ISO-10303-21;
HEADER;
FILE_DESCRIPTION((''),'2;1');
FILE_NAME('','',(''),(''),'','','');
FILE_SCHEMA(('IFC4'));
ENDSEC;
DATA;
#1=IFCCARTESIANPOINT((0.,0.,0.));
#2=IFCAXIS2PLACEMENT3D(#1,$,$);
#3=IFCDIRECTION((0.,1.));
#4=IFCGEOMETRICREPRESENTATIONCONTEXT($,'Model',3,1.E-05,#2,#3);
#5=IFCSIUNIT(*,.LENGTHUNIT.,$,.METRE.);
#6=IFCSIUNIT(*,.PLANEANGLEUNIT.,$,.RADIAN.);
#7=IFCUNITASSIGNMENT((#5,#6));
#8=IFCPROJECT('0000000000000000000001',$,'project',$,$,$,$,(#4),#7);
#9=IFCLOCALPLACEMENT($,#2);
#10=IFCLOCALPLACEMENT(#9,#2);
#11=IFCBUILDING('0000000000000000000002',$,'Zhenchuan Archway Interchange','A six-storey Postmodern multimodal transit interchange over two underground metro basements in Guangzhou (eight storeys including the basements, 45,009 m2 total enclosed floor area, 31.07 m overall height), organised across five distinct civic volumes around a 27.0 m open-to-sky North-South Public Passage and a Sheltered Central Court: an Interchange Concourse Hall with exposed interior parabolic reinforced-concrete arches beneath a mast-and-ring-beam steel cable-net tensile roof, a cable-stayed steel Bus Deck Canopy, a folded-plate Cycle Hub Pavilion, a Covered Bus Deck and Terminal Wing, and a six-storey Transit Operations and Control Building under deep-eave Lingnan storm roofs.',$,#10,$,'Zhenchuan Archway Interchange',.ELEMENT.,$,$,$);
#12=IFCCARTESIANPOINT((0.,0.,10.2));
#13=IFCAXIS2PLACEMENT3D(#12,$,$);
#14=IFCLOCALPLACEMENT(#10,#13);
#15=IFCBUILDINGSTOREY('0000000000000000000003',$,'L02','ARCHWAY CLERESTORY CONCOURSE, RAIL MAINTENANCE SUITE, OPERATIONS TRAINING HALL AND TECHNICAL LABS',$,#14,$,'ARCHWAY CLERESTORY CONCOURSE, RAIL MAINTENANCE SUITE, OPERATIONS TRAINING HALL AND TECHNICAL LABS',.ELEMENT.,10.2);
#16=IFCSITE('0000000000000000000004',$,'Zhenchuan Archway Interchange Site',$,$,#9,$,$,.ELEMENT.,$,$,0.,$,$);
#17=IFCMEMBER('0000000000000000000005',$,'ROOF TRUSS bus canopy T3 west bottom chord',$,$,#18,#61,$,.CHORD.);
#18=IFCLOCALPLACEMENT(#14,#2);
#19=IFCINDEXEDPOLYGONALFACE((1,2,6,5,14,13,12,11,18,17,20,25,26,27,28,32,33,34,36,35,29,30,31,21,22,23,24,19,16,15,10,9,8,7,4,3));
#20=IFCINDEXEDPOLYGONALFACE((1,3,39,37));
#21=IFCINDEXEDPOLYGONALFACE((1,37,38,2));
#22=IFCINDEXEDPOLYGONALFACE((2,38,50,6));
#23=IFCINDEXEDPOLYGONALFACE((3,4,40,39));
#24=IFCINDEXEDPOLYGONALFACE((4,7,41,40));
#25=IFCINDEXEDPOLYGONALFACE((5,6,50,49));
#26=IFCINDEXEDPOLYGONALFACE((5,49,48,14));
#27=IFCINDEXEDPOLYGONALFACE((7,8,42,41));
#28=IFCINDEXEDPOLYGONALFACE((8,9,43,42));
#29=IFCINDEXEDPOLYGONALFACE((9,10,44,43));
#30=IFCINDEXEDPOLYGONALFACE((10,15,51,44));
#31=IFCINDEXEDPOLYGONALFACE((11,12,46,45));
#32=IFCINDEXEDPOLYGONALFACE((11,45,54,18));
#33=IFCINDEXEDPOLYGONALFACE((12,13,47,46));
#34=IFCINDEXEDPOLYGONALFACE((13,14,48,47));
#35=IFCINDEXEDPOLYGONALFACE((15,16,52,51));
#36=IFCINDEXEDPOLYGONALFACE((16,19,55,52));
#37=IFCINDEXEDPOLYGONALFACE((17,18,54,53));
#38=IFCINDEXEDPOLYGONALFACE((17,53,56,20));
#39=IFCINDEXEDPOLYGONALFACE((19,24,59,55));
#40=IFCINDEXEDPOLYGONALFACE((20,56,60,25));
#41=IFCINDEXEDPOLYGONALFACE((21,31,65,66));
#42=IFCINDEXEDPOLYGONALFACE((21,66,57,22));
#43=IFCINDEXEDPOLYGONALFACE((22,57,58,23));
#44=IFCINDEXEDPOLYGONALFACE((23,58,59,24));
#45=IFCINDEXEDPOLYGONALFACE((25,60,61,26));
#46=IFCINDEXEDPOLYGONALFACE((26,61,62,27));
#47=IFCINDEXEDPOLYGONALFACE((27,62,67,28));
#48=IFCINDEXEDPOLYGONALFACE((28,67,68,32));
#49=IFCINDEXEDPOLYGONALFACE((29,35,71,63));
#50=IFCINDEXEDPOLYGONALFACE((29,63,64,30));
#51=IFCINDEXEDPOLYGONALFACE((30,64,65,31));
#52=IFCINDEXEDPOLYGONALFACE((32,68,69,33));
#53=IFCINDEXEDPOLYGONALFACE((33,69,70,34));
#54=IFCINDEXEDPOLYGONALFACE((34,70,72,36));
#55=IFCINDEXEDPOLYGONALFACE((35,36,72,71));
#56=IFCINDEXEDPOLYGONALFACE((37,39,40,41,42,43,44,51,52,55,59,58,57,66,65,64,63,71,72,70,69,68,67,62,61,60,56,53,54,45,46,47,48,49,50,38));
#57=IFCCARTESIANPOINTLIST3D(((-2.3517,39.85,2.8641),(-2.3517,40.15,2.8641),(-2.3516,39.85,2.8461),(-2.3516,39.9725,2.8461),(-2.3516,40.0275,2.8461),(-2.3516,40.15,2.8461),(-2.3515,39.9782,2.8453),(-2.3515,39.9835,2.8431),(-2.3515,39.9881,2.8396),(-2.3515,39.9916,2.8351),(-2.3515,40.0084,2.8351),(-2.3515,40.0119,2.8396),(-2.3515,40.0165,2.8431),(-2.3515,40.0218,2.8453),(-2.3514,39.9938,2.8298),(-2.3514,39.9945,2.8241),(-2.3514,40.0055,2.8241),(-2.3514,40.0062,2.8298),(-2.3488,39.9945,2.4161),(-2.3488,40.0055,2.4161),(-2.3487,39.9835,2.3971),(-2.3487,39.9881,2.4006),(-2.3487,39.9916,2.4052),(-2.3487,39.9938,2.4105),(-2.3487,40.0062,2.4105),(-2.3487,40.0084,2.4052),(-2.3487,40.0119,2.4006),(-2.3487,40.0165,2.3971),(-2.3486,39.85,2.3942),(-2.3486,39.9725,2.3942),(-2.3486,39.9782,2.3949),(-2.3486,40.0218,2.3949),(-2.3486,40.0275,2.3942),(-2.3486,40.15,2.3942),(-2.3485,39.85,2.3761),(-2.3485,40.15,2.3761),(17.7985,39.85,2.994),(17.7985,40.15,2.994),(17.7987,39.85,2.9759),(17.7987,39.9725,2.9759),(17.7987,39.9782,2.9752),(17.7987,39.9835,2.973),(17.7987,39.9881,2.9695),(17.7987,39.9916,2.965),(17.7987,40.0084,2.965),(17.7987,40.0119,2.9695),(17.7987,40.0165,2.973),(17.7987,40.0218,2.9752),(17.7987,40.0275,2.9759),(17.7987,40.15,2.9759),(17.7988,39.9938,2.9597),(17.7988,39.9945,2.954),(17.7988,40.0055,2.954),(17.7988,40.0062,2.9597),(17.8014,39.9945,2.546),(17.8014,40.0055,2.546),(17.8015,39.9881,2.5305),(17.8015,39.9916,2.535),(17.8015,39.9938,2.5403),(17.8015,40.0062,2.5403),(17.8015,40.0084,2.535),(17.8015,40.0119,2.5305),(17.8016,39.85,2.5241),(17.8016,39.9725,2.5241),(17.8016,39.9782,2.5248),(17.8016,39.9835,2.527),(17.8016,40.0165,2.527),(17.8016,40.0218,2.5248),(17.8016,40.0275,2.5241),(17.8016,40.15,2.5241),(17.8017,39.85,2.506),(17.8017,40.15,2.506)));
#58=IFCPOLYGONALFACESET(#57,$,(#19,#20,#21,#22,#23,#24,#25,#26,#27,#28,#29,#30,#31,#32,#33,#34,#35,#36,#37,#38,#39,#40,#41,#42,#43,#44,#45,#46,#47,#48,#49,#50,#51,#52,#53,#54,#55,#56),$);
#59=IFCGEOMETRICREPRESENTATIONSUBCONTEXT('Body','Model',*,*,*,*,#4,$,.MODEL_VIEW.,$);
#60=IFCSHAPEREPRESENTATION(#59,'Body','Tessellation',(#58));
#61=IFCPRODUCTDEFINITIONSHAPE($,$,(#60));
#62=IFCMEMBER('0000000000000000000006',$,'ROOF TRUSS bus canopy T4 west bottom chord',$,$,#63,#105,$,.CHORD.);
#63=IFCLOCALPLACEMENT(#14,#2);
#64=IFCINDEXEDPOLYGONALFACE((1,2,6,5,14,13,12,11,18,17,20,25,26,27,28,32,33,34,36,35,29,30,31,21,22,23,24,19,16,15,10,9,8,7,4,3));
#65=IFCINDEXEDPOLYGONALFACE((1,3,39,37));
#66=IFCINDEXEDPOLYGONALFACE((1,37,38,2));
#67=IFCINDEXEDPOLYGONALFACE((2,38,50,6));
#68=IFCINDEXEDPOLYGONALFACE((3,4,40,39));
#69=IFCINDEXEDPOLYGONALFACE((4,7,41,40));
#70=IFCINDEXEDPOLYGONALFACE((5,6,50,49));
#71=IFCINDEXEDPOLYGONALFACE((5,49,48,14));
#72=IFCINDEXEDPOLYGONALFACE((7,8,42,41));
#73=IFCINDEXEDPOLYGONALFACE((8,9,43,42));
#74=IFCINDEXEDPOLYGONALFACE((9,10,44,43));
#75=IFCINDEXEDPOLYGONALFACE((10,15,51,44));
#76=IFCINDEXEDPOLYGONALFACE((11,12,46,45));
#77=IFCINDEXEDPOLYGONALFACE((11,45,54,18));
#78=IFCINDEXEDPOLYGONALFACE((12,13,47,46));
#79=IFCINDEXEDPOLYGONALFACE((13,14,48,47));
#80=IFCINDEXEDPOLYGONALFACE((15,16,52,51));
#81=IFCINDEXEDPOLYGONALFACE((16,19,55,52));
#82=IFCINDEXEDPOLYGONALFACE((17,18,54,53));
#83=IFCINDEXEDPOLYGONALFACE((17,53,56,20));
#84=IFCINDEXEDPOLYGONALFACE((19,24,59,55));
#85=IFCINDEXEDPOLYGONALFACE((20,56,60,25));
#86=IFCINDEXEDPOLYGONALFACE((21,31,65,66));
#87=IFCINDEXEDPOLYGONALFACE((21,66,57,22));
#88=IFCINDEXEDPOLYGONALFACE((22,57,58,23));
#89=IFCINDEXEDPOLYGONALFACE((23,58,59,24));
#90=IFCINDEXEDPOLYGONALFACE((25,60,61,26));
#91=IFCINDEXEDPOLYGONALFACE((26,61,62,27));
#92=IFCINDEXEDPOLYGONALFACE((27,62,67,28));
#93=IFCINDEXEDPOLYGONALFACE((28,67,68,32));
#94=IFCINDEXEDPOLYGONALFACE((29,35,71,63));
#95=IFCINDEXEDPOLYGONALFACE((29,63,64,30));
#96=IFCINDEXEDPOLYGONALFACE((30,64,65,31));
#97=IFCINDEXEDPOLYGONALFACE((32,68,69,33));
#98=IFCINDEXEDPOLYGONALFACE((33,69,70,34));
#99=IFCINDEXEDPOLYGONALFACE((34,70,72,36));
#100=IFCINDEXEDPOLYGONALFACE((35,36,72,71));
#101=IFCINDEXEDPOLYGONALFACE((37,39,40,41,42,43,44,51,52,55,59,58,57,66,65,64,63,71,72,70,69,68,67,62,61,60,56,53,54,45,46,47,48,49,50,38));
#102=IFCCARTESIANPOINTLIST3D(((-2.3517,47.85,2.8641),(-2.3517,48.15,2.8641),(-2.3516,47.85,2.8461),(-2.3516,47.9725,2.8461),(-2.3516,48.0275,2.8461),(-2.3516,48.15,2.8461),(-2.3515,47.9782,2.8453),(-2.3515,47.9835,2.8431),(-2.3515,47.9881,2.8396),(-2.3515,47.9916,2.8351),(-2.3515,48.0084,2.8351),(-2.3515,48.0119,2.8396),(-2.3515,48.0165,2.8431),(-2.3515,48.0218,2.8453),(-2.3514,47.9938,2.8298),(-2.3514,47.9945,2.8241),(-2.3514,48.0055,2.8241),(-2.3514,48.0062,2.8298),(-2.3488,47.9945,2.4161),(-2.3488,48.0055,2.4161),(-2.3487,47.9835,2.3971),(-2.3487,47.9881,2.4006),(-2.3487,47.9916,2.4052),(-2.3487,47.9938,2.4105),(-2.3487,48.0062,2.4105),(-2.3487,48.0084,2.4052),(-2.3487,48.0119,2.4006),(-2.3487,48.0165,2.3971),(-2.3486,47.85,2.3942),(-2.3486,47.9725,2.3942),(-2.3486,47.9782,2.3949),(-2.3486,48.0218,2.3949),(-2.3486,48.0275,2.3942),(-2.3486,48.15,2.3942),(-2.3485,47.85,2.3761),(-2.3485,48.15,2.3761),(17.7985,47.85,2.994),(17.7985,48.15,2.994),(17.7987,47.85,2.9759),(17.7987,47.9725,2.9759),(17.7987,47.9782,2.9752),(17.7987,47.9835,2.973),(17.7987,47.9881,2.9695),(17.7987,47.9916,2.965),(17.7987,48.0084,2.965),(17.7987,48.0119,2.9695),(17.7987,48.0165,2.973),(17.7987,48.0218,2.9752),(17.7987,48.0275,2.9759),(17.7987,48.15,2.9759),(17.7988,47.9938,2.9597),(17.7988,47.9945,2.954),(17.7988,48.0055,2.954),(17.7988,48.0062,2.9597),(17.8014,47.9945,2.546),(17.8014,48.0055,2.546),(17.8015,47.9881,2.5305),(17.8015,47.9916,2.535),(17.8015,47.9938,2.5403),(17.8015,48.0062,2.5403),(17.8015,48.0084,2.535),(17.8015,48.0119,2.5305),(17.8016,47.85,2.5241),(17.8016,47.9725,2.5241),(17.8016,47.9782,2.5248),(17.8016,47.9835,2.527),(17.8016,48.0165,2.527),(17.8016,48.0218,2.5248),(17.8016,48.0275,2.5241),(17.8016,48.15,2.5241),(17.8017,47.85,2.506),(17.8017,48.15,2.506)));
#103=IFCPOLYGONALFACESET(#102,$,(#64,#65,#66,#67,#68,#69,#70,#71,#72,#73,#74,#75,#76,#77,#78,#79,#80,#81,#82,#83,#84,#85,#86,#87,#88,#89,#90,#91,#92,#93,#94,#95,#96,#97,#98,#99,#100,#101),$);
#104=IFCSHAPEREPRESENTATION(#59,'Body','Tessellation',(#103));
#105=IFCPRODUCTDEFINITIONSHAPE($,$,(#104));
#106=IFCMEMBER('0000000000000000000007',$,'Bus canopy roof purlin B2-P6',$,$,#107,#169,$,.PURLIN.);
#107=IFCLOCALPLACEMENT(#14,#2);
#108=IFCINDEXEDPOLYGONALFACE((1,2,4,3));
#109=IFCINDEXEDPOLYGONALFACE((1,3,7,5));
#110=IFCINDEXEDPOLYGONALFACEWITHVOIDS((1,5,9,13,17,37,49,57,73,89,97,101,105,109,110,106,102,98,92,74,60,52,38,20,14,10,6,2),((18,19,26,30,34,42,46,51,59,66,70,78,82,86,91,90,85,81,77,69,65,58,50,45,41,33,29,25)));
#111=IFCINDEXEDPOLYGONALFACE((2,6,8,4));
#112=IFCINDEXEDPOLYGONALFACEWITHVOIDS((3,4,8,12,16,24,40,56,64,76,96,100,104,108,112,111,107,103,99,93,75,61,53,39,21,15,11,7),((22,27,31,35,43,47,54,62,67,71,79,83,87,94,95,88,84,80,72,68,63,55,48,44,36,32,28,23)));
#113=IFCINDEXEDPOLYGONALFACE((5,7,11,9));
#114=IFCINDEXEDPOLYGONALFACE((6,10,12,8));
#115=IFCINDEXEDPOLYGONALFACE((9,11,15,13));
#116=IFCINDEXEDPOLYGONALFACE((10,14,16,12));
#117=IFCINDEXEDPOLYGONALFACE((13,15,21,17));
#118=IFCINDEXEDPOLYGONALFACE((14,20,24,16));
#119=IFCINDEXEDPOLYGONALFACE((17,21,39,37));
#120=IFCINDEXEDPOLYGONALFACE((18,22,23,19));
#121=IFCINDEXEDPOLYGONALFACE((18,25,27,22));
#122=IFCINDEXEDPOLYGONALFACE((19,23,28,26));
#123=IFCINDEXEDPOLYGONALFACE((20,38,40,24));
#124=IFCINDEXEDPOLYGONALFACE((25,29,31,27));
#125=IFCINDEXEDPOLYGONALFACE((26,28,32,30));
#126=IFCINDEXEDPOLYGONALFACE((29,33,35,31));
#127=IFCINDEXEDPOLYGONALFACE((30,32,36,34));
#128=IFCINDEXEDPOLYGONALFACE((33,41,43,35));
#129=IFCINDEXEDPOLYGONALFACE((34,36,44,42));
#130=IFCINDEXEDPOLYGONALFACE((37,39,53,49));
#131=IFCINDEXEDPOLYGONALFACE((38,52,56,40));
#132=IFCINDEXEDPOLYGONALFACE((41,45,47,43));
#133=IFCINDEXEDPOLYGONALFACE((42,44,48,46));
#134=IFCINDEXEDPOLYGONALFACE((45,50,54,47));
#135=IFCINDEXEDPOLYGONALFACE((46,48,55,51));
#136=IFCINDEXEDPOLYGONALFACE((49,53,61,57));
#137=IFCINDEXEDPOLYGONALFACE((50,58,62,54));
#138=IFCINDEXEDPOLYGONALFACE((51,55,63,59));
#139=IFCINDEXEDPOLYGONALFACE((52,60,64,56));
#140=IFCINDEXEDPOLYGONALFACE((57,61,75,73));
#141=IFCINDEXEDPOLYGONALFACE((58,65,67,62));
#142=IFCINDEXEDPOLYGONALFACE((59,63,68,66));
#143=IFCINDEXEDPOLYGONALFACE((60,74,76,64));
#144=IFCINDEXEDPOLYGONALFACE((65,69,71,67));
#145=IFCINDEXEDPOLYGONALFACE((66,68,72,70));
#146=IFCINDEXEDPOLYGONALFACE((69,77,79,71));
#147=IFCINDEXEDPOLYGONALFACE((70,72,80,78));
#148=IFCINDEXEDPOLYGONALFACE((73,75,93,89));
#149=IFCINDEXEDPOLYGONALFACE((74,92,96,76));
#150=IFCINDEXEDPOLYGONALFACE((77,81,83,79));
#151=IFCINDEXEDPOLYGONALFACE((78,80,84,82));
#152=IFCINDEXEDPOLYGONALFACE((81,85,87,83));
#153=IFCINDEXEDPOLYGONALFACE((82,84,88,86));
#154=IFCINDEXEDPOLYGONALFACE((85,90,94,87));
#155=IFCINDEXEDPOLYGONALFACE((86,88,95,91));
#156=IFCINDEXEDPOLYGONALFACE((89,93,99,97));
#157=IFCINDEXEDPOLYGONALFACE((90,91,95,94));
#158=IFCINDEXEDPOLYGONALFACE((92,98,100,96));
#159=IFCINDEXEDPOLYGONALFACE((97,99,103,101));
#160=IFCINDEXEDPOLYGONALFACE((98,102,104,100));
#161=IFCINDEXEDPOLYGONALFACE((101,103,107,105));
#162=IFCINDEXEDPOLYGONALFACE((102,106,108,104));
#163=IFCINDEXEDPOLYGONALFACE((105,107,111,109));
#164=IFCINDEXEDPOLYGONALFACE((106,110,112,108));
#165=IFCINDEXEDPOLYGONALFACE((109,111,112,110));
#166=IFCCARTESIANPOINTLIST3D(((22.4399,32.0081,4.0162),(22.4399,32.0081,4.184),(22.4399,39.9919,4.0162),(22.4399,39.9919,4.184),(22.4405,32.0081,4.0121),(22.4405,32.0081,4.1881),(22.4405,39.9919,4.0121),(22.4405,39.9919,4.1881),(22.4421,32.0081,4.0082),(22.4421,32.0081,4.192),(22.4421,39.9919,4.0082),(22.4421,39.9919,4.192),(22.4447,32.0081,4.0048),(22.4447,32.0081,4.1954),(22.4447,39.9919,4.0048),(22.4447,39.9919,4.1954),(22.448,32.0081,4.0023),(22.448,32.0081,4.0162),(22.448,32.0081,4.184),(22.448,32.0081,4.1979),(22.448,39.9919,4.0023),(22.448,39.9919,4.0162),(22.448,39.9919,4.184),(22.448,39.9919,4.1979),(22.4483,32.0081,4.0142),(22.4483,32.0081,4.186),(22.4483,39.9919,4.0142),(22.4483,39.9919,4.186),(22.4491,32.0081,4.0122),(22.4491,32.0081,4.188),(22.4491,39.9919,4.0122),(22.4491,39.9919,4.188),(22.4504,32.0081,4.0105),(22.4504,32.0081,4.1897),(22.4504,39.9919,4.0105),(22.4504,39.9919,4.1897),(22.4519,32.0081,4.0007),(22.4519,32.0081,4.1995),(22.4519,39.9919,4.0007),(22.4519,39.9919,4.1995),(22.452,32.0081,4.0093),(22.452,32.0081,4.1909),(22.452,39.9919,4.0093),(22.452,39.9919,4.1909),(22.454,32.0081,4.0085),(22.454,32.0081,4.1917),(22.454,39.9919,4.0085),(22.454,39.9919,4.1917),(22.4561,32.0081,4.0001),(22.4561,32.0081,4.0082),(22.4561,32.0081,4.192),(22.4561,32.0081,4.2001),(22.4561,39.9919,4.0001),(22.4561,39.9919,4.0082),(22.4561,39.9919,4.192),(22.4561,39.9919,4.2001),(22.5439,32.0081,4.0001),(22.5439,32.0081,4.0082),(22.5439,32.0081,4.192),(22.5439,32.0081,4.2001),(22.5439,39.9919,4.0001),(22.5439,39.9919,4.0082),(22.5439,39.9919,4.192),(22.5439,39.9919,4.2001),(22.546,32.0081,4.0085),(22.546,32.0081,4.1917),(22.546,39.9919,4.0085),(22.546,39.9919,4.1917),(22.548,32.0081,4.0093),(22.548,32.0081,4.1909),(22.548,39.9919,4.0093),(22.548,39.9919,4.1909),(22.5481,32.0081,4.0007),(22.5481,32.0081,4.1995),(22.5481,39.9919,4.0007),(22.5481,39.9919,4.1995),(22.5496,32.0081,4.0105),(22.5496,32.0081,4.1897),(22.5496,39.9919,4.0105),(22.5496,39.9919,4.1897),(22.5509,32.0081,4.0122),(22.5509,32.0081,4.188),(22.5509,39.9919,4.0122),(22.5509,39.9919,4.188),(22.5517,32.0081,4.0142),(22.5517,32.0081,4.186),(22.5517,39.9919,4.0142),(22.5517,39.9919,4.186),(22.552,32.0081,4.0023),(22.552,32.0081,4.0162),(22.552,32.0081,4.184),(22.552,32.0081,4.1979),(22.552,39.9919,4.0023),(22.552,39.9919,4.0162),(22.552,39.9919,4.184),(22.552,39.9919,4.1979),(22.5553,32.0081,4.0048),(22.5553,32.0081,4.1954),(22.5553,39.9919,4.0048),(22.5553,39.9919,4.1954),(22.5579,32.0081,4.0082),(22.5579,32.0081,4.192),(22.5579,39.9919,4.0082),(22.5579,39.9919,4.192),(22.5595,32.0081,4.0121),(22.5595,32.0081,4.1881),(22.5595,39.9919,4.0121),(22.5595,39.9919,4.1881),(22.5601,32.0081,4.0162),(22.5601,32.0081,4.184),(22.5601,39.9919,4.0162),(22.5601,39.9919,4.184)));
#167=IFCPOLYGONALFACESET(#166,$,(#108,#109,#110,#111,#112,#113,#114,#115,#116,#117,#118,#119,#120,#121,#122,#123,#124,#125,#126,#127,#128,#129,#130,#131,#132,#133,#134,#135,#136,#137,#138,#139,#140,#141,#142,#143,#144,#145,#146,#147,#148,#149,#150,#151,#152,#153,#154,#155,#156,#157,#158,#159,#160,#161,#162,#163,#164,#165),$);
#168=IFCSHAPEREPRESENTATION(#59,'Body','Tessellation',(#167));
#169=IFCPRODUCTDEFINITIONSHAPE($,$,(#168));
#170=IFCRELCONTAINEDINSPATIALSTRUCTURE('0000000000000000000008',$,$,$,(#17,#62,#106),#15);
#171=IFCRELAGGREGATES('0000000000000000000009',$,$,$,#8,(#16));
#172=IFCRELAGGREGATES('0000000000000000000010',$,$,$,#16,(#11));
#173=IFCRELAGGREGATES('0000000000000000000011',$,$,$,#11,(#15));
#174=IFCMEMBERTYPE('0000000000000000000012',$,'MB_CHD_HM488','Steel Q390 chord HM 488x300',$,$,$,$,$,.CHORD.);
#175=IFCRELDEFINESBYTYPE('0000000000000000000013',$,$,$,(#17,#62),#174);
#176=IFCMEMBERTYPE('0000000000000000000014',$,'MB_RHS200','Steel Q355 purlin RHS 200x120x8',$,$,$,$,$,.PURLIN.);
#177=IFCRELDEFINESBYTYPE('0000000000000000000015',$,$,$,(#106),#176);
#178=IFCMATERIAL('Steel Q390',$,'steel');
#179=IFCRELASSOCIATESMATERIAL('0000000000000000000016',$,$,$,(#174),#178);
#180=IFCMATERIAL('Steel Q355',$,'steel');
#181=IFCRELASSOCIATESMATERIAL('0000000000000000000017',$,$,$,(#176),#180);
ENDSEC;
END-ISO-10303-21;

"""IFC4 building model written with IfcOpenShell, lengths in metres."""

from ifc_helpers import new_model, si_unit, direction, frame, origin, origin_2d, place, context, subcontext, project, spatial, hollow_rectangle, i_section, extrude, material, material_profile, profile_set, type_object, element, save


model = new_model("IFC4")

# Units and contexts
model_context = context("Model", 3, precision=1e-05, world=origin(), true_north=direction((0.0, 1.0)))
body_context = subcontext(model_context, "Body", "Model", "MODEL_VIEW")
ifc_project = project(units=[si_unit("LENGTHUNIT", "METRE"), si_unit("PLANEANGLEUNIT", "RADIAN")], contexts=[model_context])

# Site, building, storey
site_placement = place(None, origin())
site = spatial("IfcSite", under=ifc_project, at=site_placement, Name="Zhenchuan Archway Interchange Site", CompositionType="ELEMENT", RefElevation=0.0)
building_placement = place(site_placement, origin())
building = spatial("IfcBuilding", under=site, at=building_placement, Name="Zhenchuan Archway Interchange", Description="A six-storey Postmodern multimodal transit interchange over two underground metro basements in Guangzhou (eight storeys including the basements, 45,009 m2 total enclosed floor area, 31.07 m overall height), organised across five distinct civic volumes around a 27.0 m open-to-sky North-South Public Passage and a Sheltered Central Court: an Interchange Concourse Hall with exposed interior parabolic reinforced-concrete arches beneath a mast-and-ring-beam steel cable-net tensile roof, a cable-stayed steel Bus Deck Canopy, a folded-plate Cycle Hub Pavilion, a Covered Bus Deck and Terminal Wing, and a six-storey Transit Operations and Control Building under deep-eave Lingnan storm roofs.", LongName="Zhenchuan Archway Interchange", CompositionType="ELEMENT")
storey_placement = place(building_placement, frame((0.0, 0.0, 10.2)))
storey = spatial("IfcBuildingStorey", under=building, at=storey_placement, Name="L02", Description="ARCHWAY CLERESTORY CONCOURSE, RAIL MAINTENANCE SUITE, OPERATIONS TRAINING HALL AND TECHNICAL LABS", LongName="ARCHWAY CLERESTORY CONCOURSE, RAIL MAINTENANCE SUITE, OPERATIONS TRAINING HALL AND TECHNICAL LABS", CompositionType="ELEMENT", Elevation=10.2)

# Shared definitions
ifc_material_1 = material(Name="Steel Q390", Category="steel")

# Shared definitions
ifc_material_2 = material(Name="Steel Q355", Category="steel")

# Members
ifc_material_profile_1 = material_profile(ifc_material_1, i_section(OverallWidth=0.3, OverallDepth=0.488, WebThickness=0.011, FlangeThickness=0.0181, FilletRadius=0.022, at=origin_2d()), Name="HM 488x300")
ifc_profile_set_1 = profile_set([ifc_material_profile_1], Name="Steel Q390")
member_type_1 = type_object("IfcMemberType", Name="MB_CHD_HM488", Description="Steel Q390 chord HM 488x300", PredefinedType="CHORD", material=ifc_profile_set_1)
for number, where, z_axis, x_axis, name in (
    (1, (-2.3501, 40.0, 2.6201), (0.999979, 0.0, 0.006446), (0.0, 1.0, 0.0), "ROOF TRUSS bus canopy T3 west bottom chord"),
    (2, (-2.3501, 48.0, 2.6201), (0.999979, 0.0, 0.006446), (0.0, 1.0, 0.0), "ROOF TRUSS bus canopy T4 west bottom chord"),
):
    element("IfcMember", number, at=place(storey_placement, frame(where, z_axis=z_axis, x_axis=x_axis)), inside=storey, type_object=member_type_1, Name=name, PredefinedType="CHORD", context=body_context, shape_type="SweptSolid", body=[
        extrude(i_section(OverallWidth=0.3, OverallDepth=0.488, WebThickness=0.011, FlangeThickness=0.0181, FilletRadius=0.022, at=origin_2d()), origin(), (0.0, 0.0, 1.0), 20.1506),
    ])
ifc_material_profile_2 = material_profile(ifc_material_2, hollow_rectangle(XDim=0.1201, YDim=0.2, WallThickness=0.0081, InnerFilletRadius=0.0081, OuterFilletRadius=0.0161, at=origin_2d()), Name="RHS 200x120x8")
ifc_profile_set_2 = profile_set([ifc_material_profile_2], Name="Steel Q355")
member_type_2 = type_object("IfcMemberType", Name="MB_RHS200", Description="Steel Q355 purlin RHS 200x120x8", PredefinedType="PURLIN", material=ifc_profile_set_2)
for number, where, z_axis, x_axis, name in (
    (3, (22.5, 32.0081, 4.1001), (0.0, 1.0, 0.0), (-1.0, 0.0, 0.0), "Bus canopy roof purlin B2-P6"),
):
    element("IfcMember", number, at=place(storey_placement, frame(where, z_axis=z_axis, x_axis=x_axis)), inside=storey, type_object=member_type_2, Name=name, PredefinedType="PURLIN", context=body_context, shape_type="SweptSolid", body=[
        extrude(hollow_rectangle(XDim=0.1201, YDim=0.2, WallThickness=0.0081, InnerFilletRadius=0.0081, OuterFilletRadius=0.0161, at=origin_2d()), origin(), (0.0, 0.0, 1.0), 7.9839),
    ])

save(model, "model.ifc")
